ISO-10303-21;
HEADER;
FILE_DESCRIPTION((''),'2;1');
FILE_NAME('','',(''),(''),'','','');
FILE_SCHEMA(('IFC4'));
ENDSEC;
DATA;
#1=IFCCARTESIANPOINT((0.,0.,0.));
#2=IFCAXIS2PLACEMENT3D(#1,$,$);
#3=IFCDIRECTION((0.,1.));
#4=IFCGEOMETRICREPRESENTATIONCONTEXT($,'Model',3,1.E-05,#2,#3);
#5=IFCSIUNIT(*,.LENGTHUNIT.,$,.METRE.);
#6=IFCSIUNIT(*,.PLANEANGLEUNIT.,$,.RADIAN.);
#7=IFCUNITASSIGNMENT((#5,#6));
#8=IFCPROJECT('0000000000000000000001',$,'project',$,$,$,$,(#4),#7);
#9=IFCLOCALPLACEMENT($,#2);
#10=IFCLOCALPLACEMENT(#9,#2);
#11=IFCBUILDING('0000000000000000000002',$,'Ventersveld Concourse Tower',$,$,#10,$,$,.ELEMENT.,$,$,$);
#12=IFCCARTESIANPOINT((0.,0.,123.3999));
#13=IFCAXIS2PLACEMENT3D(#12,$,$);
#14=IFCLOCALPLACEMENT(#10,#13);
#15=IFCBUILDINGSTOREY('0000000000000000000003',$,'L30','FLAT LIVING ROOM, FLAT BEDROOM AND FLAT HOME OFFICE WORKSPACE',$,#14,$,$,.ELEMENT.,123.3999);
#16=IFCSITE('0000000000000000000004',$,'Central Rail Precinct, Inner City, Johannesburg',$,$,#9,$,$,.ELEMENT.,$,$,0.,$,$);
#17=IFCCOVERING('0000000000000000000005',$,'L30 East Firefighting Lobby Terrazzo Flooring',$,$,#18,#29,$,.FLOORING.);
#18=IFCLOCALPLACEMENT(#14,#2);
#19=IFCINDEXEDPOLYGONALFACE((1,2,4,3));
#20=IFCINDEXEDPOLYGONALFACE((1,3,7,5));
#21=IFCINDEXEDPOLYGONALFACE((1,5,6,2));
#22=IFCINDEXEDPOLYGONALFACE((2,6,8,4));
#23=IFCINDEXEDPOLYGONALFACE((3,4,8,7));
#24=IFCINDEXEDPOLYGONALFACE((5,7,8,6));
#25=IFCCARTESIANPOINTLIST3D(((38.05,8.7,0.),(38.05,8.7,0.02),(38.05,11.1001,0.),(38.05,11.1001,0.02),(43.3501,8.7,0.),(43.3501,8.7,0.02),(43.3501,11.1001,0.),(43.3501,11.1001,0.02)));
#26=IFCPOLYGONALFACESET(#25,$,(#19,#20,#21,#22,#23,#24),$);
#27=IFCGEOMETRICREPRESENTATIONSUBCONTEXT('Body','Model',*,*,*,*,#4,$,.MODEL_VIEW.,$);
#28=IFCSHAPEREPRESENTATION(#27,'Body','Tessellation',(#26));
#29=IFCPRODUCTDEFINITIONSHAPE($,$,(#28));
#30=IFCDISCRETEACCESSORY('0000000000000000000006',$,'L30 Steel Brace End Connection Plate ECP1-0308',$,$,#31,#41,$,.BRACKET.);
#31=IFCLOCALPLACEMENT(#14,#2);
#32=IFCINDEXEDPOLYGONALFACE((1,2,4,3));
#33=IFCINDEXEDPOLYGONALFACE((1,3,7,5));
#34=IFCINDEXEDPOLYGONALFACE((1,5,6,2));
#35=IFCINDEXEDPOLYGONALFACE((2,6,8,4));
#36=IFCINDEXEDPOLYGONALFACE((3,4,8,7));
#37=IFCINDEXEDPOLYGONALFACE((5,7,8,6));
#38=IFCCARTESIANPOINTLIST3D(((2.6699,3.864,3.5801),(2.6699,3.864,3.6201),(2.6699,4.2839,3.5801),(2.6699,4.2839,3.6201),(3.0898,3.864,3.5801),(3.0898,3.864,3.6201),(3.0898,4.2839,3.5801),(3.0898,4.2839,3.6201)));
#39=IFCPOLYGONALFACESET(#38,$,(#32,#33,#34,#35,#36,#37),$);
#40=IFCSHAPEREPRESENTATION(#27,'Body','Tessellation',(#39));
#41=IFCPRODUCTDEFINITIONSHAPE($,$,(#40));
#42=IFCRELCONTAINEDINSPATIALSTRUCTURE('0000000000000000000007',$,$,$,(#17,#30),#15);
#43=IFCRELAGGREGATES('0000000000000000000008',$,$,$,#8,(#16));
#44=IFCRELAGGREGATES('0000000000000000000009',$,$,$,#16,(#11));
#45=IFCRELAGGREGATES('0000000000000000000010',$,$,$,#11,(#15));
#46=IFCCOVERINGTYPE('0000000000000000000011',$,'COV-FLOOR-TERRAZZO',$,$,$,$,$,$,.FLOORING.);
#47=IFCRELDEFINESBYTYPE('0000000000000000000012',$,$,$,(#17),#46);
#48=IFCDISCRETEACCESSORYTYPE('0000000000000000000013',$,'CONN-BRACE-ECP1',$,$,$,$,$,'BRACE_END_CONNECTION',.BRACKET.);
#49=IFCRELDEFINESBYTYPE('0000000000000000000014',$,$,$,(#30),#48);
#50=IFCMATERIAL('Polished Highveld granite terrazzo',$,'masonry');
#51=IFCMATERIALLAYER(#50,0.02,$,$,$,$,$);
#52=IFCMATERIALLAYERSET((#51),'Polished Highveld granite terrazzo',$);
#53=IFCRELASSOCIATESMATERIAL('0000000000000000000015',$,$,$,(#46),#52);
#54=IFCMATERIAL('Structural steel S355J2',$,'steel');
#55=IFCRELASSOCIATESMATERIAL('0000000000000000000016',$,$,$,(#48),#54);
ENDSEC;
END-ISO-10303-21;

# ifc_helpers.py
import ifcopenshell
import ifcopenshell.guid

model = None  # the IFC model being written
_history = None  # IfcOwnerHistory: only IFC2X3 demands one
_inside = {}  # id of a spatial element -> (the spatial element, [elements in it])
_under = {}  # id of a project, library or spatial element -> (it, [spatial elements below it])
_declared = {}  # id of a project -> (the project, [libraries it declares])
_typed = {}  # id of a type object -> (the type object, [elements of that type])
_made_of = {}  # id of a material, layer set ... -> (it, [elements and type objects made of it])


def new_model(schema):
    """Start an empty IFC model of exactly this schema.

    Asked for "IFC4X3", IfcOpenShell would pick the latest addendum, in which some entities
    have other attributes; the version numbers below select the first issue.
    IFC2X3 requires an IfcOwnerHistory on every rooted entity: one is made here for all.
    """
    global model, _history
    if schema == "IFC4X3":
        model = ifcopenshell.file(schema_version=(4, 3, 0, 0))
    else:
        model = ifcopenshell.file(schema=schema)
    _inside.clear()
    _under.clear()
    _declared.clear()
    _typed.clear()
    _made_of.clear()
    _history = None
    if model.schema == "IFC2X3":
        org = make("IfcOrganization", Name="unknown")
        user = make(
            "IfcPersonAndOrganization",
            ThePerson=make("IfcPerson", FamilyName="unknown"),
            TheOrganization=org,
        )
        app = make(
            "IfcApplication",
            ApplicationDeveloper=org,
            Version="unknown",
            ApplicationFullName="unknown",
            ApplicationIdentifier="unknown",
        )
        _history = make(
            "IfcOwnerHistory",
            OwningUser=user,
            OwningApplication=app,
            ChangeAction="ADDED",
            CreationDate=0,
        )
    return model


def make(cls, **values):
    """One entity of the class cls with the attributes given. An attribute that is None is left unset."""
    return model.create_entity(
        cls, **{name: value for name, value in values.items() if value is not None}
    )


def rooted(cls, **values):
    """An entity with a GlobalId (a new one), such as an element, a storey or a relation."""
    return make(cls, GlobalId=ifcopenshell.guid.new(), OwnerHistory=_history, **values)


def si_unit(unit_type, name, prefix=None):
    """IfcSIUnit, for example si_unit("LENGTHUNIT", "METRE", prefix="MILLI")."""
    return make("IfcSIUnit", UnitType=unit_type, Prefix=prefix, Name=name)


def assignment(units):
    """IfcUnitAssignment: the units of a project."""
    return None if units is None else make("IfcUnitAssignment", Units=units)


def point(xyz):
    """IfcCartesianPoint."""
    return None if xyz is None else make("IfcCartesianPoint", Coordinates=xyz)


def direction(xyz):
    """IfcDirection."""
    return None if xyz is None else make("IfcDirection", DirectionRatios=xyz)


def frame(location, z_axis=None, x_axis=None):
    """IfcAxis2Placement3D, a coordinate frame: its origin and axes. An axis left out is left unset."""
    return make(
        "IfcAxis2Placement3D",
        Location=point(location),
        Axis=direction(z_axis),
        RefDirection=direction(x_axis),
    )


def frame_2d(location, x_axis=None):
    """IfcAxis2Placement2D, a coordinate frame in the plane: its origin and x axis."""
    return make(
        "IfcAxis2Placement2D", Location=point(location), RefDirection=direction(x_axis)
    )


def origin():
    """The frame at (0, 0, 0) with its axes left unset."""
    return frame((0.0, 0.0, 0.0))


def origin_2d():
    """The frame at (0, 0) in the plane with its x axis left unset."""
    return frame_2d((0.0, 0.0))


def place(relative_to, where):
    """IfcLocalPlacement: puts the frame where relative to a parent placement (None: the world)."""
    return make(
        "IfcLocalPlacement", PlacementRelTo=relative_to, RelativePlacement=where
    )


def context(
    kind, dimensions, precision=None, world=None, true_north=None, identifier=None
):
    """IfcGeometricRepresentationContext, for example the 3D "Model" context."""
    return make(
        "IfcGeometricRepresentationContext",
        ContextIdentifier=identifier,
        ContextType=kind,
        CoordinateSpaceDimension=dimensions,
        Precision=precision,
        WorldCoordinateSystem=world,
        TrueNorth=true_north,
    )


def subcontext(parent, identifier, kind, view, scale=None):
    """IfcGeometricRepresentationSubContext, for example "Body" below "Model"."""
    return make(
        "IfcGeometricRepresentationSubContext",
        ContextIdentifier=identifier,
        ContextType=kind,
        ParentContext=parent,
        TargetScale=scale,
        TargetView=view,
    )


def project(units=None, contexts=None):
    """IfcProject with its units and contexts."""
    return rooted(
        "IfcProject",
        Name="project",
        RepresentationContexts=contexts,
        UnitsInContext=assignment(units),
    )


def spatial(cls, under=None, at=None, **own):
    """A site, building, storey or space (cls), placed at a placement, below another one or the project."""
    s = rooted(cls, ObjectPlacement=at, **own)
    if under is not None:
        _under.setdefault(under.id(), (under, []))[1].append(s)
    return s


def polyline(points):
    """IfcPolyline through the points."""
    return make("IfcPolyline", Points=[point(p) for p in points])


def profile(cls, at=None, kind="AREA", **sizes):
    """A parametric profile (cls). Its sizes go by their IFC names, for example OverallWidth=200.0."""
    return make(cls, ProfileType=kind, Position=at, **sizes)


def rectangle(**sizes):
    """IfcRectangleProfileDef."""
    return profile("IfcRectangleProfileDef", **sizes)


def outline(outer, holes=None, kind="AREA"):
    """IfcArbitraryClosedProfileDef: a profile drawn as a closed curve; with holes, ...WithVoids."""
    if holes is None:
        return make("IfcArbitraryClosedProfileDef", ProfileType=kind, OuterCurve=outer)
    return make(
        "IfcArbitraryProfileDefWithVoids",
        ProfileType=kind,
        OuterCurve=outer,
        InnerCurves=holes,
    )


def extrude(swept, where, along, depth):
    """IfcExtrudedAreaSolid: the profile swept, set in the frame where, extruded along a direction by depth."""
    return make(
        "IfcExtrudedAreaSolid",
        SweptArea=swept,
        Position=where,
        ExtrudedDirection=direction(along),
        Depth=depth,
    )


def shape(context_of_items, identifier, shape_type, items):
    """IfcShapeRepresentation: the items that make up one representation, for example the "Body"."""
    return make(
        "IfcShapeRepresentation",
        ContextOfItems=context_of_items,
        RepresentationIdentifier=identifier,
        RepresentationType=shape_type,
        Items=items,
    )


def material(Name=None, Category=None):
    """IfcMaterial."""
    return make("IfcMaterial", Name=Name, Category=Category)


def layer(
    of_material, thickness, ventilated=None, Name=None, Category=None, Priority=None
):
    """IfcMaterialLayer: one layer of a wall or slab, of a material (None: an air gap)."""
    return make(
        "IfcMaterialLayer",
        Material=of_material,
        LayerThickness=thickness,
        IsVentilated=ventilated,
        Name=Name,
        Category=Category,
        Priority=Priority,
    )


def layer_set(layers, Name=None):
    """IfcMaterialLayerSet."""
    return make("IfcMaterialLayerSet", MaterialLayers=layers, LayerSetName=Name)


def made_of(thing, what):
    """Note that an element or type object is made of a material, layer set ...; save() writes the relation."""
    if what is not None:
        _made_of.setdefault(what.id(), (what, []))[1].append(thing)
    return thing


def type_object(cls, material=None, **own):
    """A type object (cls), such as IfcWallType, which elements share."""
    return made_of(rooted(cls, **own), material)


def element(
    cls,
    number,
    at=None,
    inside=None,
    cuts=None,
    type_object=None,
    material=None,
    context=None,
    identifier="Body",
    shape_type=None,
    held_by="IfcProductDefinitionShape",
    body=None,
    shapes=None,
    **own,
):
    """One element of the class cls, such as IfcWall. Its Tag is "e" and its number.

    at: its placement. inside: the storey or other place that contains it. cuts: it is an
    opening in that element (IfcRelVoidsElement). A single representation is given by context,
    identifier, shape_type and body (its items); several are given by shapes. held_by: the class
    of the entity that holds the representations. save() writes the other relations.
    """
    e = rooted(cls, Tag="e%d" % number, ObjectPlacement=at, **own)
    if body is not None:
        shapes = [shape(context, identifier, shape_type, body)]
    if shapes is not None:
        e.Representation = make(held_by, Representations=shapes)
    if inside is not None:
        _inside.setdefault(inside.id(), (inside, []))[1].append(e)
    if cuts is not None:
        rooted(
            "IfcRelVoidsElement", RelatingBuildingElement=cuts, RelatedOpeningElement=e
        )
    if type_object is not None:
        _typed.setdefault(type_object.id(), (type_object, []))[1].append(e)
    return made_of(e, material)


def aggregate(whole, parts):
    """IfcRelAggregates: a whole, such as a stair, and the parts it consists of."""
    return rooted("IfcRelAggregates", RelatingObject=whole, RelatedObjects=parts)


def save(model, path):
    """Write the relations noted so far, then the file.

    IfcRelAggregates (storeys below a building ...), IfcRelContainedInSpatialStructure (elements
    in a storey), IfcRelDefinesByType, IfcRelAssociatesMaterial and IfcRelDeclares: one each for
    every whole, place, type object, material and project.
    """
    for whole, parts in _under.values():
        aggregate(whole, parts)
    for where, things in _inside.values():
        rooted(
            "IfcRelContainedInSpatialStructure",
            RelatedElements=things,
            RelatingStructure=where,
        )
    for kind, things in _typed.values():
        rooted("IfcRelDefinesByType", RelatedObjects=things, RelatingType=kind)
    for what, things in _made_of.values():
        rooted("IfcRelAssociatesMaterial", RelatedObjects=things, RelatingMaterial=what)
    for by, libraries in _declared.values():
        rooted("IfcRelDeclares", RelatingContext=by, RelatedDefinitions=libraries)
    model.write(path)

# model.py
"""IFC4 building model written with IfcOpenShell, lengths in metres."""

from ifc_helpers import new_model, si_unit, direction, frame, origin, origin_2d, place, context, subcontext, project, spatial, polyline, rectangle, outline, extrude, material, layer, layer_set, type_object, element, save


model = new_model("IFC4")

# Units and contexts
model_context = context("Model", 3, precision=1e-05, world=origin(), true_north=direction((0.0, 1.0)))
body_context = subcontext(model_context, "Body", "Model", "MODEL_VIEW")
ifc_project = project(units=[si_unit("LENGTHUNIT", "METRE"), si_unit("PLANEANGLEUNIT", "RADIAN")], contexts=[model_context])

# Site, building, storey
site_placement = place(None, origin())
site = spatial("IfcSite", under=ifc_project, at=site_placement, Name="Central Rail Precinct, Inner City, Johannesburg", CompositionType="ELEMENT", RefElevation=0.0)
building_placement = place(site_placement, origin())
building = spatial("IfcBuilding", under=site, at=building_placement, Name="Ventersveld Concourse Tower", CompositionType="ELEMENT")
storey_placement = place(building_placement, frame((0.0, 0.0, 123.3999)))
storey = spatial("IfcBuildingStorey", under=building, at=storey_placement, Name="L30", Description="FLAT LIVING ROOM, FLAT BEDROOM AND FLAT HOME OFFICE WORKSPACE", CompositionType="ELEMENT", Elevation=123.3999)

# Shared definitions
ifc_material_1 = material(Name="Structural steel S355J2", Category="steel")

# Covering
ifc_material_2 = material(Name="Polished Highveld granite terrazzo", Category="masonry")
ifc_layer_1 = layer(ifc_material_2, 0.02)
ifc_layer_set_1 = layer_set([ifc_layer_1], Name="Polished Highveld granite terrazzo")
covering_type_1 = type_object("IfcCoveringType", Name="COV-FLOOR-TERRAZZO", PredefinedType="FLOORING", material=ifc_layer_set_1)
covering_1_placement = place(storey_placement, origin())
element("IfcCovering", 1, at=covering_1_placement, inside=storey, type_object=covering_type_1, Name="L30 East Firefighting Lobby Terrazzo Flooring", PredefinedType="FLOORING", context=body_context, shape_type="SweptSolid", body=[
    extrude(outline(polyline([(38.05, 8.7), (43.3501, 8.7), (43.3501, 11.1001), (38.05, 11.1001), (38.05, 8.7)])), origin(), (0.0, 0.0, 1.0), 0.02),
])

# Discrete accessory
discrete_accessory_type = type_object("IfcDiscreteAccessoryType", Name="CONN-BRACE-ECP1", ElementType="BRACE_END_CONNECTION", PredefinedType="BRACKET", material=ifc_material_1)
discrete_accessory_placement = place(storey_placement, frame((2.8799, 4.074, 3.5801), z_axis=(0.0, 0.0, 1.0), x_axis=(1.0, 0.0, 0.0)))
element("IfcDiscreteAccessory", 2, at=discrete_accessory_placement, inside=storey, type_object=discrete_accessory_type, Name="L30 Steel Brace End Connection Plate ECP1-0308", PredefinedType="BRACKET", context=body_context, shape_type="SweptSolid", body=[
    extrude(rectangle(XDim=0.4199, YDim=0.4199, at=origin_2d()), origin(), (0.0, 0.0, 1.0), 0.04),
])

save(model, "model.ifc")
